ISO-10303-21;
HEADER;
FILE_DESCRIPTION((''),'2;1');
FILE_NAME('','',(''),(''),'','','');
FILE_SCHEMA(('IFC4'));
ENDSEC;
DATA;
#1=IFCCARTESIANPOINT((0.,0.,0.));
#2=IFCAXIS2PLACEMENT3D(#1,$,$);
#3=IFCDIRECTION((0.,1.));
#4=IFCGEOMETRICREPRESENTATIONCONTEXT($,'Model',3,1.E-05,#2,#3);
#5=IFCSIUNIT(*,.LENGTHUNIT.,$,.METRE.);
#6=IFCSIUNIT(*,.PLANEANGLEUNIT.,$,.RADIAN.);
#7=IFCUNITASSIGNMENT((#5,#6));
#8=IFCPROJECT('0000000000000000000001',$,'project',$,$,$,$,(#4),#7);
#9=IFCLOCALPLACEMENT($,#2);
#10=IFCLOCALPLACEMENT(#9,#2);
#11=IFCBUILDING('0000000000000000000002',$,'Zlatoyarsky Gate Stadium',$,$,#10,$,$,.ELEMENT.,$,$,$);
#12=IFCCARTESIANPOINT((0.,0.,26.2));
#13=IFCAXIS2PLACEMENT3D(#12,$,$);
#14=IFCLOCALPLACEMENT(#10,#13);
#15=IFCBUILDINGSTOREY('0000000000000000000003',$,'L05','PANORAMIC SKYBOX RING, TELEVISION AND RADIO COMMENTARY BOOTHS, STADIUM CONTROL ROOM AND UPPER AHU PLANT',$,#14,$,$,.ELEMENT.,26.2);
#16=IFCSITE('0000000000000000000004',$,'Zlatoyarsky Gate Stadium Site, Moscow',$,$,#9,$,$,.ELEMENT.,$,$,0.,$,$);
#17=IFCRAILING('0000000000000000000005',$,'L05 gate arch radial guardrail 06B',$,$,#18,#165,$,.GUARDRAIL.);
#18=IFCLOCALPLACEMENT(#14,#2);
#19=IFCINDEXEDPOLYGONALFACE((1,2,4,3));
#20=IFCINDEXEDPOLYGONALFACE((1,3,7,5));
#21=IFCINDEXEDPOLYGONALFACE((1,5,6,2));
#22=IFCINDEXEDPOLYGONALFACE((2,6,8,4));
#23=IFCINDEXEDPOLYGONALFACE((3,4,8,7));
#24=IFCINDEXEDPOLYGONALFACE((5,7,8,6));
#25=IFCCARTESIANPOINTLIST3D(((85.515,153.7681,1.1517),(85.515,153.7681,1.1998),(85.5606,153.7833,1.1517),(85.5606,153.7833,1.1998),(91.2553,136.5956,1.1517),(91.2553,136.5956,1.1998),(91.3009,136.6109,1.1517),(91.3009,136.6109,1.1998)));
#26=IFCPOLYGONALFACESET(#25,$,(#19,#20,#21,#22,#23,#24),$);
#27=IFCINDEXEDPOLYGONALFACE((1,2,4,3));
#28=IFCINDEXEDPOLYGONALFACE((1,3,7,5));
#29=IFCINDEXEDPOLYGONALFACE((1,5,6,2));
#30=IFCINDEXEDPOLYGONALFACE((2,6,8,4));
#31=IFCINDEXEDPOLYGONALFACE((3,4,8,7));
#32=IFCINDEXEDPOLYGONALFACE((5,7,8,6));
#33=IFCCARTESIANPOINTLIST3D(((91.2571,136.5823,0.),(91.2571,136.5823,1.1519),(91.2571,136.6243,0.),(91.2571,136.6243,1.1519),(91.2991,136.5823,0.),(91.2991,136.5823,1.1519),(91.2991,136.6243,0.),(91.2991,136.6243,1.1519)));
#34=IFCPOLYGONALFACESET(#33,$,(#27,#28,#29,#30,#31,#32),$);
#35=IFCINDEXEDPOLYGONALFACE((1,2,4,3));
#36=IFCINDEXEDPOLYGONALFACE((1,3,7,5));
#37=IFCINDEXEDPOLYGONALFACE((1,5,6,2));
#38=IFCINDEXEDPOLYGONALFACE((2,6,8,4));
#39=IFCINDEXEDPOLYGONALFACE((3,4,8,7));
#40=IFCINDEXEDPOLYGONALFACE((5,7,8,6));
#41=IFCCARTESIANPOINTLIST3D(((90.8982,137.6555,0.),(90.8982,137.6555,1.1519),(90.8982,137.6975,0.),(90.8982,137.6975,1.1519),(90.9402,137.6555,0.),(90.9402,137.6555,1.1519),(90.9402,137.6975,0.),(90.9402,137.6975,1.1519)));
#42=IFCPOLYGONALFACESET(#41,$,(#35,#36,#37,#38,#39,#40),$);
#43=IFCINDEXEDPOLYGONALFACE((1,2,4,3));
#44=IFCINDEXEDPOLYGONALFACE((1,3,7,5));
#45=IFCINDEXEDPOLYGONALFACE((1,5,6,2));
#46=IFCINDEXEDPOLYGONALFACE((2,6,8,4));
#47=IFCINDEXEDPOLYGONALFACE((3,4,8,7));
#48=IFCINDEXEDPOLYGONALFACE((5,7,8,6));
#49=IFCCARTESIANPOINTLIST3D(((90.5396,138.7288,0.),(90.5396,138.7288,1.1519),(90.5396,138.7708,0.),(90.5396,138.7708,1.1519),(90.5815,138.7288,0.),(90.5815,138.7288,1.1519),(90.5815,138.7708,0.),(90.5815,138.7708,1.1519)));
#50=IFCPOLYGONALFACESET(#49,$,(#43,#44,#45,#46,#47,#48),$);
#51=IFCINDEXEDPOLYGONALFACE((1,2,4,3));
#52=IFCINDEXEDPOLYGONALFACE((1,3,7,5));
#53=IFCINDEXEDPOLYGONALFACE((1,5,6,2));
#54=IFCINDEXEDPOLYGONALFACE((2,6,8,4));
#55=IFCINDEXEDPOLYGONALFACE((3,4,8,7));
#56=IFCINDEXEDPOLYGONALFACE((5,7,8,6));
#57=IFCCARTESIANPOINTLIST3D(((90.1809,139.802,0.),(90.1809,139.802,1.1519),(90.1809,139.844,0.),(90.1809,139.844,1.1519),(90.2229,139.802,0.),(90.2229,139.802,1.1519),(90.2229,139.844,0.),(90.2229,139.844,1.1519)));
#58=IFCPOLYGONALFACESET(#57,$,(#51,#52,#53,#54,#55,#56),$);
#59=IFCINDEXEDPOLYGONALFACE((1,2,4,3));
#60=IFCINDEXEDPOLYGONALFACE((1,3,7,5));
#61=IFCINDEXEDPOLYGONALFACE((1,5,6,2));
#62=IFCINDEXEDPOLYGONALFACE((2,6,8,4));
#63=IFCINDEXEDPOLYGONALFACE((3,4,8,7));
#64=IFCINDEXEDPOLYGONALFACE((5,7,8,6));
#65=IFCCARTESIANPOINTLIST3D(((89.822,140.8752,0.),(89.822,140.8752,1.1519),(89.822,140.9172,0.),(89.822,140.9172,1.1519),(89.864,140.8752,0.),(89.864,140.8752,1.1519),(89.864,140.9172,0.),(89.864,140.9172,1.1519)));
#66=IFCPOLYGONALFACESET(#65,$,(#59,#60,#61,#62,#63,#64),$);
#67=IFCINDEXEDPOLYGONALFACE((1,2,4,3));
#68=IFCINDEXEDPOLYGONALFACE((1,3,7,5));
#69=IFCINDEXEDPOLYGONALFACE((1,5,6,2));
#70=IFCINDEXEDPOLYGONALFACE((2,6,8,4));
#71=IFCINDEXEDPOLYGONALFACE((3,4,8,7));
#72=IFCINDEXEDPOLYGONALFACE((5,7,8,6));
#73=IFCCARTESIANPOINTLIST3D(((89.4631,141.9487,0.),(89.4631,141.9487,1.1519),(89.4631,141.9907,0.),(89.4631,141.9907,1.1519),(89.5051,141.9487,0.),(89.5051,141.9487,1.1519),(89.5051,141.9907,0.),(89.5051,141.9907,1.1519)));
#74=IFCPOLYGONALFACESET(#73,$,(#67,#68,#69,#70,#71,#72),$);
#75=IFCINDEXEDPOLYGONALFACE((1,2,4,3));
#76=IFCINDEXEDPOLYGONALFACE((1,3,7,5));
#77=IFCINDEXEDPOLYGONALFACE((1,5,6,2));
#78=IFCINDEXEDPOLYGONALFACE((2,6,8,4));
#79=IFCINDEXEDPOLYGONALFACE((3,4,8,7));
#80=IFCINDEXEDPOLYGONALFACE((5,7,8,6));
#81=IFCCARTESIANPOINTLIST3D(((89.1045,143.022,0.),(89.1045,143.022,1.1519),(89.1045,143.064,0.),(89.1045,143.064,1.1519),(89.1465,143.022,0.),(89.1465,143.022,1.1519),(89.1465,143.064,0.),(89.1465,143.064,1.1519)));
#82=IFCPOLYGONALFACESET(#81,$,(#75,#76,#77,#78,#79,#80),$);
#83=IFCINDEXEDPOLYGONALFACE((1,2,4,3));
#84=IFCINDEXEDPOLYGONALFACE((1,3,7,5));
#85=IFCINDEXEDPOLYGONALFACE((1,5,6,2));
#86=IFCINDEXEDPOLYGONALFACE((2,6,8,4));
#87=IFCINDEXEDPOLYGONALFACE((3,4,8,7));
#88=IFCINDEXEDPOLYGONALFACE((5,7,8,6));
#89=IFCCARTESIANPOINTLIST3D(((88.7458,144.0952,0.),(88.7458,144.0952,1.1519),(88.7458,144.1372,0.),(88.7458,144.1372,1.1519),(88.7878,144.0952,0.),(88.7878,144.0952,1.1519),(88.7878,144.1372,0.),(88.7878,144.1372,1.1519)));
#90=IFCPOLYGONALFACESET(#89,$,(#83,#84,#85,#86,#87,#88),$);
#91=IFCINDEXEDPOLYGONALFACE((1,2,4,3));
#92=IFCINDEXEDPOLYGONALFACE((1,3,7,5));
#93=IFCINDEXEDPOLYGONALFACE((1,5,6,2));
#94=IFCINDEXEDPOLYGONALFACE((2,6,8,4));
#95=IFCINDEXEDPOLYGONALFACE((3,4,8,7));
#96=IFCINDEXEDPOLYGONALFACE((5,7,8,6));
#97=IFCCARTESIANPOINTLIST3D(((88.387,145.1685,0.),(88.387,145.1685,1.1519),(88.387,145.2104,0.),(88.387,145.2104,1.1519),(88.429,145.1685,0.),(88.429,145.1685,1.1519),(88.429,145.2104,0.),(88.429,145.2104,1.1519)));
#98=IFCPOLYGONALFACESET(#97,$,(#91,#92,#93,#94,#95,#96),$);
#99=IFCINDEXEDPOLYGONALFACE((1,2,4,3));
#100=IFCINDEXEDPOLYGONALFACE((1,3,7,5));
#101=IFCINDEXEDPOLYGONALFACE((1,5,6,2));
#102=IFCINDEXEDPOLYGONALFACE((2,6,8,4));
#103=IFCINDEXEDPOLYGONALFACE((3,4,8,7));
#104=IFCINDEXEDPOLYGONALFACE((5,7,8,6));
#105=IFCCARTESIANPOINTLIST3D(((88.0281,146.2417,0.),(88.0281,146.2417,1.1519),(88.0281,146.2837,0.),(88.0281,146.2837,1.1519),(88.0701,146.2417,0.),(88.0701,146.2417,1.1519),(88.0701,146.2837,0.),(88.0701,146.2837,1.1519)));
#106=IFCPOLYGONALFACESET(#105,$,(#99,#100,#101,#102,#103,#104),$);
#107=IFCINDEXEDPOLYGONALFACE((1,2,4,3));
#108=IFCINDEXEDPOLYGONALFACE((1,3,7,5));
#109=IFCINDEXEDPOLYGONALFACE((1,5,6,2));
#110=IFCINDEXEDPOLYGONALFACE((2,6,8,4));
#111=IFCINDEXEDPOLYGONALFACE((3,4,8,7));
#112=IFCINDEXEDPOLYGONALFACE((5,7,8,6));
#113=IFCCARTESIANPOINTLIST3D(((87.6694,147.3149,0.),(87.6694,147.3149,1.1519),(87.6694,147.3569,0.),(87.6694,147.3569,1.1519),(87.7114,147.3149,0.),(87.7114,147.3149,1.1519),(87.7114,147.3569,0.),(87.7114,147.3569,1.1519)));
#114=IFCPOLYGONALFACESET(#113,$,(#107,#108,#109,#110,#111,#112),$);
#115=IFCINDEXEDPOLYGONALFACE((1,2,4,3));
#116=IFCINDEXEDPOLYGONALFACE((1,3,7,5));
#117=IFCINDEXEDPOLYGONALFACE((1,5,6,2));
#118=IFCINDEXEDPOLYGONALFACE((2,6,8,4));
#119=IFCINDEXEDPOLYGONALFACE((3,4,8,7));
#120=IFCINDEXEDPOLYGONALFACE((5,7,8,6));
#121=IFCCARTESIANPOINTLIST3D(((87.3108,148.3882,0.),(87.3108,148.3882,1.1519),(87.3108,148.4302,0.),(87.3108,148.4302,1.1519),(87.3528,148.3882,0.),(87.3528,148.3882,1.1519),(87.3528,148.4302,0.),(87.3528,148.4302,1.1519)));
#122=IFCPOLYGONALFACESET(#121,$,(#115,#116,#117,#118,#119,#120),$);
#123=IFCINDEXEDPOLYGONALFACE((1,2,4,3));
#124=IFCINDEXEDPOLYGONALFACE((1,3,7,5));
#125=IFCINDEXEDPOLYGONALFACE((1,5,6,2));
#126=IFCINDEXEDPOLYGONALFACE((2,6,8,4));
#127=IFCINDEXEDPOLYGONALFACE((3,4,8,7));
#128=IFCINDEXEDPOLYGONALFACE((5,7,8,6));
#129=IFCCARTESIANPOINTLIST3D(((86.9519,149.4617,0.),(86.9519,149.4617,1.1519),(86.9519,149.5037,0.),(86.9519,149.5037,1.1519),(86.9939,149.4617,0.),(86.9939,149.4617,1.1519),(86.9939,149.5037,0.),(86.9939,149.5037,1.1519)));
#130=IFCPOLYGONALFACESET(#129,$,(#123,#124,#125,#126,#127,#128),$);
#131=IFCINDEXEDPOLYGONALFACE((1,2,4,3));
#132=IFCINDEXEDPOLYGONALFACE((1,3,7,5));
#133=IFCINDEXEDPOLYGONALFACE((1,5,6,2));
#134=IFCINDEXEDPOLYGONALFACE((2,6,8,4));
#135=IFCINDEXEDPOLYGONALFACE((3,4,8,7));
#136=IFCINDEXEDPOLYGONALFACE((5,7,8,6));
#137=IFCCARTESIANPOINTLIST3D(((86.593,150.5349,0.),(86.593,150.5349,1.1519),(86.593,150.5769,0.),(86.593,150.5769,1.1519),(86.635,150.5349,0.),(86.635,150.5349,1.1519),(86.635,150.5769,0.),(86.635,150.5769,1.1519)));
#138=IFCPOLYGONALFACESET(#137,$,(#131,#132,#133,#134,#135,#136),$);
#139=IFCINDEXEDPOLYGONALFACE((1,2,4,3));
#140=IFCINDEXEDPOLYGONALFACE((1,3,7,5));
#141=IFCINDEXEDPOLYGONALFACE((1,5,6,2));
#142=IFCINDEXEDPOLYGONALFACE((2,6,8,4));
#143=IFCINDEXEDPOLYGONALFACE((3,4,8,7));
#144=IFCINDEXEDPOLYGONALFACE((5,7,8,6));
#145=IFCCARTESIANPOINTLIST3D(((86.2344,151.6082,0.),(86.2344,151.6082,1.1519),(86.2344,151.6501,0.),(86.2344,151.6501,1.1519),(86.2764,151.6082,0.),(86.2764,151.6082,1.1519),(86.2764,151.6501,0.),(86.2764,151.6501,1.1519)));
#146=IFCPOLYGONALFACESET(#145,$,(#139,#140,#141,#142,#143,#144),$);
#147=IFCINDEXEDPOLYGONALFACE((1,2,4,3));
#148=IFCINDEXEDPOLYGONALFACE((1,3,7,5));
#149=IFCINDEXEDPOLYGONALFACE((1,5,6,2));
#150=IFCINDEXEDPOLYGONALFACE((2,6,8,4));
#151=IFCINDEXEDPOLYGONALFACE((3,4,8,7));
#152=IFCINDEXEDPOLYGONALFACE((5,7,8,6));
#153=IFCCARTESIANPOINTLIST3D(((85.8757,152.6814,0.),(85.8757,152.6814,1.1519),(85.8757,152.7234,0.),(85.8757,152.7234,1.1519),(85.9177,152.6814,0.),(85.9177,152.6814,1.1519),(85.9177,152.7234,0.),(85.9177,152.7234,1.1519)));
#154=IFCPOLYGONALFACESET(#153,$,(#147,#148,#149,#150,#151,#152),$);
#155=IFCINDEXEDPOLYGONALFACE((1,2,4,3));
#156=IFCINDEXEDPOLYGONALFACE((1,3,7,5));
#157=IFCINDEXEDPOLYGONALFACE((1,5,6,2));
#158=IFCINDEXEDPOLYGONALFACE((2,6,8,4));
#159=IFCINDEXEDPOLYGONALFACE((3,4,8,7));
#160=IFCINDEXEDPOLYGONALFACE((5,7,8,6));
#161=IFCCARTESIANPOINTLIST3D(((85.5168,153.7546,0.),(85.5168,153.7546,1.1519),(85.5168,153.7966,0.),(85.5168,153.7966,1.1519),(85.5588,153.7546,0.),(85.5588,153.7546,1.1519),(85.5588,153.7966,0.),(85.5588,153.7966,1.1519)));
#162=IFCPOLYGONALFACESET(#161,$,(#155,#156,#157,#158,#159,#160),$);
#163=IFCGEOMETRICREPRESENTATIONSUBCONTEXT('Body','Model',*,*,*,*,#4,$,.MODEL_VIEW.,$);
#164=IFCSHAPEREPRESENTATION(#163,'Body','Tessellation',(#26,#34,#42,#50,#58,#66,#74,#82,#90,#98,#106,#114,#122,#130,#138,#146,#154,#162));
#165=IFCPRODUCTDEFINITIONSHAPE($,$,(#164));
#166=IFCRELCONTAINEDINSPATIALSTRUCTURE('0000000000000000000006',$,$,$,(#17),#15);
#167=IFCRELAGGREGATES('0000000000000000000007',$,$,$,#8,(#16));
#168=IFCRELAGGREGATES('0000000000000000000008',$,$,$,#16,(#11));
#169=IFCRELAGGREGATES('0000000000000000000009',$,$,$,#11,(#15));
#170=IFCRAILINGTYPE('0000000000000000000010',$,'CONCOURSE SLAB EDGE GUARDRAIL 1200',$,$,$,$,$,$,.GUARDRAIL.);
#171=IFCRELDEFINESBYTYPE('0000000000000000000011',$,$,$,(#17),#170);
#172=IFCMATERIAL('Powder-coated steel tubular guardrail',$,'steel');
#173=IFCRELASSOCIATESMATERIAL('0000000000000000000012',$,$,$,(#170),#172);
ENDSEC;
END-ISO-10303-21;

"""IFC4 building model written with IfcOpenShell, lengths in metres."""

from ifc_helpers import new_model, si_unit, direction, frame, origin, origin_2d, place, context, subcontext, project, spatial, rectangle, extrude, material, type_object, element, save


model = new_model("IFC4")

# Units and contexts
model_context = context("Model", 3, precision=1e-05, world=origin(), true_north=direction((0.0, 1.0)))
body_context = subcontext(model_context, "Body", "Model", "MODEL_VIEW")
ifc_project = project(units=[si_unit("LENGTHUNIT", "METRE"), si_unit("PLANEANGLEUNIT", "RADIAN")], contexts=[model_context])

# Site, building, storey
site_placement = place(None, origin())
site = spatial("IfcSite", under=ifc_project, at=site_placement, Name="Zlatoyarsky Gate Stadium Site, Moscow", CompositionType="ELEMENT", RefElevation=0.0)
building_placement = place(site_placement, origin())
building = spatial("IfcBuilding", under=site, at=building_placement, Name="Zlatoyarsky Gate Stadium", CompositionType="ELEMENT")
storey_placement = place(building_placement, frame((0.0, 0.0, 26.2)))
storey = spatial("IfcBuildingStorey", under=building, at=storey_placement, Name="L05", Description="PANORAMIC SKYBOX RING, TELEVISION AND RADIO COMMENTARY BOOTHS, STADIUM CONTROL ROOM AND UPPER AHU PLANT", CompositionType="ELEMENT", Elevation=26.2)

# Railing
ifc_material_1 = material(Name="Powder-coated steel tubular guardrail", Category="steel")
railing_type = type_object("IfcRailingType", Name="CONCOURSE SLAB EDGE GUARDRAIL 1200", PredefinedType="GUARDRAIL", material=ifc_material_1)
railing_1_placement = place(storey_placement, frame((91.2781, 136.6033, 0.0)))
element("IfcRailing", 1, at=railing_1_placement, inside=storey, type_object=railing_type, Name="L05 gate arch radial guardrail 06B", PredefinedType="GUARDRAIL", context=body_context, shape_type="SweptSolid", body=[
    extrude(rectangle(XDim=0.0481, YDim=0.0481, at=origin_2d()), frame((0.0, 0.0, 1.1758), z_axis=(-0.317029, 0.948416, 0.0), x_axis=(-0.948416, -0.317029, 0.0)), (0.0, 0.0, 1.0), 18.1064),
    extrude(rectangle(XDim=0.042, YDim=0.042, at=origin_2d()), origin(), (0.0, 0.0, 1.0), 1.1519),
    extrude(rectangle(XDim=0.042, YDim=0.042, at=origin_2d()), frame((-0.3589, 1.0732, 0.0)), (0.0, 0.0, 1.0), 1.1519),
    extrude(rectangle(XDim=0.042, YDim=0.042, at=origin_2d()), frame((-0.7175, 2.1465, 0.0)), (0.0, 0.0, 1.0), 1.1519),
    extrude(rectangle(XDim=0.042, YDim=0.042, at=origin_2d()), frame((-1.0762, 3.2197, 0.0)), (0.0, 0.0, 1.0), 1.1519),
    extrude(rectangle(XDim=0.042, YDim=0.042, at=origin_2d()), frame((-1.4351, 4.293, 0.0)), (0.0, 0.0, 1.0), 1.1519),
    extrude(rectangle(XDim=0.042, YDim=0.042, at=origin_2d()), frame((-1.7939, 5.3665, 0.0)), (0.0, 0.0, 1.0), 1.1519),
    extrude(rectangle(XDim=0.042, YDim=0.042, at=origin_2d()), frame((-2.1526, 6.4397, 0.0)), (0.0, 0.0, 1.0), 1.1519),
    extrude(rectangle(XDim=0.042, YDim=0.042, at=origin_2d()), frame((-2.5112, 7.5129, 0.0)), (0.0, 0.0, 1.0), 1.1519),
    extrude(rectangle(XDim=0.042, YDim=0.042, at=origin_2d()), frame((-2.8701, 8.5862, 0.0)), (0.0, 0.0, 1.0), 1.1519),
    extrude(rectangle(XDim=0.042, YDim=0.042, at=origin_2d()), frame((-3.229, 9.6594, 0.0)), (0.0, 0.0, 1.0), 1.1519),
    extrude(rectangle(XDim=0.042, YDim=0.042, at=origin_2d()), frame((-3.5876, 10.7327, 0.0)), (0.0, 0.0, 1.0), 1.1519),
    extrude(rectangle(XDim=0.042, YDim=0.042, at=origin_2d()), frame((-3.9463, 11.8059, 0.0)), (0.0, 0.0, 1.0), 1.1519),
    extrude(rectangle(XDim=0.042, YDim=0.042, at=origin_2d()), frame((-4.3052, 12.8794, 0.0)), (0.0, 0.0, 1.0), 1.1519),
    extrude(rectangle(XDim=0.042, YDim=0.042, at=origin_2d()), frame((-4.6641, 13.9526, 0.0)), (0.0, 0.0, 1.0), 1.1519),
    extrude(rectangle(XDim=0.042, YDim=0.042, at=origin_2d()), frame((-5.0227, 15.0259, 0.0)), (0.0, 0.0, 1.0), 1.1519),
    extrude(rectangle(XDim=0.042, YDim=0.042, at=origin_2d()), frame((-5.3813, 16.0991, 0.0)), (0.0, 0.0, 1.0), 1.1519),
    extrude(rectangle(XDim=0.042, YDim=0.042, at=origin_2d()), frame((-5.7402, 17.1724, 0.0)), (0.0, 0.0, 1.0), 1.1519),
])

save(model, "model.ifc")
